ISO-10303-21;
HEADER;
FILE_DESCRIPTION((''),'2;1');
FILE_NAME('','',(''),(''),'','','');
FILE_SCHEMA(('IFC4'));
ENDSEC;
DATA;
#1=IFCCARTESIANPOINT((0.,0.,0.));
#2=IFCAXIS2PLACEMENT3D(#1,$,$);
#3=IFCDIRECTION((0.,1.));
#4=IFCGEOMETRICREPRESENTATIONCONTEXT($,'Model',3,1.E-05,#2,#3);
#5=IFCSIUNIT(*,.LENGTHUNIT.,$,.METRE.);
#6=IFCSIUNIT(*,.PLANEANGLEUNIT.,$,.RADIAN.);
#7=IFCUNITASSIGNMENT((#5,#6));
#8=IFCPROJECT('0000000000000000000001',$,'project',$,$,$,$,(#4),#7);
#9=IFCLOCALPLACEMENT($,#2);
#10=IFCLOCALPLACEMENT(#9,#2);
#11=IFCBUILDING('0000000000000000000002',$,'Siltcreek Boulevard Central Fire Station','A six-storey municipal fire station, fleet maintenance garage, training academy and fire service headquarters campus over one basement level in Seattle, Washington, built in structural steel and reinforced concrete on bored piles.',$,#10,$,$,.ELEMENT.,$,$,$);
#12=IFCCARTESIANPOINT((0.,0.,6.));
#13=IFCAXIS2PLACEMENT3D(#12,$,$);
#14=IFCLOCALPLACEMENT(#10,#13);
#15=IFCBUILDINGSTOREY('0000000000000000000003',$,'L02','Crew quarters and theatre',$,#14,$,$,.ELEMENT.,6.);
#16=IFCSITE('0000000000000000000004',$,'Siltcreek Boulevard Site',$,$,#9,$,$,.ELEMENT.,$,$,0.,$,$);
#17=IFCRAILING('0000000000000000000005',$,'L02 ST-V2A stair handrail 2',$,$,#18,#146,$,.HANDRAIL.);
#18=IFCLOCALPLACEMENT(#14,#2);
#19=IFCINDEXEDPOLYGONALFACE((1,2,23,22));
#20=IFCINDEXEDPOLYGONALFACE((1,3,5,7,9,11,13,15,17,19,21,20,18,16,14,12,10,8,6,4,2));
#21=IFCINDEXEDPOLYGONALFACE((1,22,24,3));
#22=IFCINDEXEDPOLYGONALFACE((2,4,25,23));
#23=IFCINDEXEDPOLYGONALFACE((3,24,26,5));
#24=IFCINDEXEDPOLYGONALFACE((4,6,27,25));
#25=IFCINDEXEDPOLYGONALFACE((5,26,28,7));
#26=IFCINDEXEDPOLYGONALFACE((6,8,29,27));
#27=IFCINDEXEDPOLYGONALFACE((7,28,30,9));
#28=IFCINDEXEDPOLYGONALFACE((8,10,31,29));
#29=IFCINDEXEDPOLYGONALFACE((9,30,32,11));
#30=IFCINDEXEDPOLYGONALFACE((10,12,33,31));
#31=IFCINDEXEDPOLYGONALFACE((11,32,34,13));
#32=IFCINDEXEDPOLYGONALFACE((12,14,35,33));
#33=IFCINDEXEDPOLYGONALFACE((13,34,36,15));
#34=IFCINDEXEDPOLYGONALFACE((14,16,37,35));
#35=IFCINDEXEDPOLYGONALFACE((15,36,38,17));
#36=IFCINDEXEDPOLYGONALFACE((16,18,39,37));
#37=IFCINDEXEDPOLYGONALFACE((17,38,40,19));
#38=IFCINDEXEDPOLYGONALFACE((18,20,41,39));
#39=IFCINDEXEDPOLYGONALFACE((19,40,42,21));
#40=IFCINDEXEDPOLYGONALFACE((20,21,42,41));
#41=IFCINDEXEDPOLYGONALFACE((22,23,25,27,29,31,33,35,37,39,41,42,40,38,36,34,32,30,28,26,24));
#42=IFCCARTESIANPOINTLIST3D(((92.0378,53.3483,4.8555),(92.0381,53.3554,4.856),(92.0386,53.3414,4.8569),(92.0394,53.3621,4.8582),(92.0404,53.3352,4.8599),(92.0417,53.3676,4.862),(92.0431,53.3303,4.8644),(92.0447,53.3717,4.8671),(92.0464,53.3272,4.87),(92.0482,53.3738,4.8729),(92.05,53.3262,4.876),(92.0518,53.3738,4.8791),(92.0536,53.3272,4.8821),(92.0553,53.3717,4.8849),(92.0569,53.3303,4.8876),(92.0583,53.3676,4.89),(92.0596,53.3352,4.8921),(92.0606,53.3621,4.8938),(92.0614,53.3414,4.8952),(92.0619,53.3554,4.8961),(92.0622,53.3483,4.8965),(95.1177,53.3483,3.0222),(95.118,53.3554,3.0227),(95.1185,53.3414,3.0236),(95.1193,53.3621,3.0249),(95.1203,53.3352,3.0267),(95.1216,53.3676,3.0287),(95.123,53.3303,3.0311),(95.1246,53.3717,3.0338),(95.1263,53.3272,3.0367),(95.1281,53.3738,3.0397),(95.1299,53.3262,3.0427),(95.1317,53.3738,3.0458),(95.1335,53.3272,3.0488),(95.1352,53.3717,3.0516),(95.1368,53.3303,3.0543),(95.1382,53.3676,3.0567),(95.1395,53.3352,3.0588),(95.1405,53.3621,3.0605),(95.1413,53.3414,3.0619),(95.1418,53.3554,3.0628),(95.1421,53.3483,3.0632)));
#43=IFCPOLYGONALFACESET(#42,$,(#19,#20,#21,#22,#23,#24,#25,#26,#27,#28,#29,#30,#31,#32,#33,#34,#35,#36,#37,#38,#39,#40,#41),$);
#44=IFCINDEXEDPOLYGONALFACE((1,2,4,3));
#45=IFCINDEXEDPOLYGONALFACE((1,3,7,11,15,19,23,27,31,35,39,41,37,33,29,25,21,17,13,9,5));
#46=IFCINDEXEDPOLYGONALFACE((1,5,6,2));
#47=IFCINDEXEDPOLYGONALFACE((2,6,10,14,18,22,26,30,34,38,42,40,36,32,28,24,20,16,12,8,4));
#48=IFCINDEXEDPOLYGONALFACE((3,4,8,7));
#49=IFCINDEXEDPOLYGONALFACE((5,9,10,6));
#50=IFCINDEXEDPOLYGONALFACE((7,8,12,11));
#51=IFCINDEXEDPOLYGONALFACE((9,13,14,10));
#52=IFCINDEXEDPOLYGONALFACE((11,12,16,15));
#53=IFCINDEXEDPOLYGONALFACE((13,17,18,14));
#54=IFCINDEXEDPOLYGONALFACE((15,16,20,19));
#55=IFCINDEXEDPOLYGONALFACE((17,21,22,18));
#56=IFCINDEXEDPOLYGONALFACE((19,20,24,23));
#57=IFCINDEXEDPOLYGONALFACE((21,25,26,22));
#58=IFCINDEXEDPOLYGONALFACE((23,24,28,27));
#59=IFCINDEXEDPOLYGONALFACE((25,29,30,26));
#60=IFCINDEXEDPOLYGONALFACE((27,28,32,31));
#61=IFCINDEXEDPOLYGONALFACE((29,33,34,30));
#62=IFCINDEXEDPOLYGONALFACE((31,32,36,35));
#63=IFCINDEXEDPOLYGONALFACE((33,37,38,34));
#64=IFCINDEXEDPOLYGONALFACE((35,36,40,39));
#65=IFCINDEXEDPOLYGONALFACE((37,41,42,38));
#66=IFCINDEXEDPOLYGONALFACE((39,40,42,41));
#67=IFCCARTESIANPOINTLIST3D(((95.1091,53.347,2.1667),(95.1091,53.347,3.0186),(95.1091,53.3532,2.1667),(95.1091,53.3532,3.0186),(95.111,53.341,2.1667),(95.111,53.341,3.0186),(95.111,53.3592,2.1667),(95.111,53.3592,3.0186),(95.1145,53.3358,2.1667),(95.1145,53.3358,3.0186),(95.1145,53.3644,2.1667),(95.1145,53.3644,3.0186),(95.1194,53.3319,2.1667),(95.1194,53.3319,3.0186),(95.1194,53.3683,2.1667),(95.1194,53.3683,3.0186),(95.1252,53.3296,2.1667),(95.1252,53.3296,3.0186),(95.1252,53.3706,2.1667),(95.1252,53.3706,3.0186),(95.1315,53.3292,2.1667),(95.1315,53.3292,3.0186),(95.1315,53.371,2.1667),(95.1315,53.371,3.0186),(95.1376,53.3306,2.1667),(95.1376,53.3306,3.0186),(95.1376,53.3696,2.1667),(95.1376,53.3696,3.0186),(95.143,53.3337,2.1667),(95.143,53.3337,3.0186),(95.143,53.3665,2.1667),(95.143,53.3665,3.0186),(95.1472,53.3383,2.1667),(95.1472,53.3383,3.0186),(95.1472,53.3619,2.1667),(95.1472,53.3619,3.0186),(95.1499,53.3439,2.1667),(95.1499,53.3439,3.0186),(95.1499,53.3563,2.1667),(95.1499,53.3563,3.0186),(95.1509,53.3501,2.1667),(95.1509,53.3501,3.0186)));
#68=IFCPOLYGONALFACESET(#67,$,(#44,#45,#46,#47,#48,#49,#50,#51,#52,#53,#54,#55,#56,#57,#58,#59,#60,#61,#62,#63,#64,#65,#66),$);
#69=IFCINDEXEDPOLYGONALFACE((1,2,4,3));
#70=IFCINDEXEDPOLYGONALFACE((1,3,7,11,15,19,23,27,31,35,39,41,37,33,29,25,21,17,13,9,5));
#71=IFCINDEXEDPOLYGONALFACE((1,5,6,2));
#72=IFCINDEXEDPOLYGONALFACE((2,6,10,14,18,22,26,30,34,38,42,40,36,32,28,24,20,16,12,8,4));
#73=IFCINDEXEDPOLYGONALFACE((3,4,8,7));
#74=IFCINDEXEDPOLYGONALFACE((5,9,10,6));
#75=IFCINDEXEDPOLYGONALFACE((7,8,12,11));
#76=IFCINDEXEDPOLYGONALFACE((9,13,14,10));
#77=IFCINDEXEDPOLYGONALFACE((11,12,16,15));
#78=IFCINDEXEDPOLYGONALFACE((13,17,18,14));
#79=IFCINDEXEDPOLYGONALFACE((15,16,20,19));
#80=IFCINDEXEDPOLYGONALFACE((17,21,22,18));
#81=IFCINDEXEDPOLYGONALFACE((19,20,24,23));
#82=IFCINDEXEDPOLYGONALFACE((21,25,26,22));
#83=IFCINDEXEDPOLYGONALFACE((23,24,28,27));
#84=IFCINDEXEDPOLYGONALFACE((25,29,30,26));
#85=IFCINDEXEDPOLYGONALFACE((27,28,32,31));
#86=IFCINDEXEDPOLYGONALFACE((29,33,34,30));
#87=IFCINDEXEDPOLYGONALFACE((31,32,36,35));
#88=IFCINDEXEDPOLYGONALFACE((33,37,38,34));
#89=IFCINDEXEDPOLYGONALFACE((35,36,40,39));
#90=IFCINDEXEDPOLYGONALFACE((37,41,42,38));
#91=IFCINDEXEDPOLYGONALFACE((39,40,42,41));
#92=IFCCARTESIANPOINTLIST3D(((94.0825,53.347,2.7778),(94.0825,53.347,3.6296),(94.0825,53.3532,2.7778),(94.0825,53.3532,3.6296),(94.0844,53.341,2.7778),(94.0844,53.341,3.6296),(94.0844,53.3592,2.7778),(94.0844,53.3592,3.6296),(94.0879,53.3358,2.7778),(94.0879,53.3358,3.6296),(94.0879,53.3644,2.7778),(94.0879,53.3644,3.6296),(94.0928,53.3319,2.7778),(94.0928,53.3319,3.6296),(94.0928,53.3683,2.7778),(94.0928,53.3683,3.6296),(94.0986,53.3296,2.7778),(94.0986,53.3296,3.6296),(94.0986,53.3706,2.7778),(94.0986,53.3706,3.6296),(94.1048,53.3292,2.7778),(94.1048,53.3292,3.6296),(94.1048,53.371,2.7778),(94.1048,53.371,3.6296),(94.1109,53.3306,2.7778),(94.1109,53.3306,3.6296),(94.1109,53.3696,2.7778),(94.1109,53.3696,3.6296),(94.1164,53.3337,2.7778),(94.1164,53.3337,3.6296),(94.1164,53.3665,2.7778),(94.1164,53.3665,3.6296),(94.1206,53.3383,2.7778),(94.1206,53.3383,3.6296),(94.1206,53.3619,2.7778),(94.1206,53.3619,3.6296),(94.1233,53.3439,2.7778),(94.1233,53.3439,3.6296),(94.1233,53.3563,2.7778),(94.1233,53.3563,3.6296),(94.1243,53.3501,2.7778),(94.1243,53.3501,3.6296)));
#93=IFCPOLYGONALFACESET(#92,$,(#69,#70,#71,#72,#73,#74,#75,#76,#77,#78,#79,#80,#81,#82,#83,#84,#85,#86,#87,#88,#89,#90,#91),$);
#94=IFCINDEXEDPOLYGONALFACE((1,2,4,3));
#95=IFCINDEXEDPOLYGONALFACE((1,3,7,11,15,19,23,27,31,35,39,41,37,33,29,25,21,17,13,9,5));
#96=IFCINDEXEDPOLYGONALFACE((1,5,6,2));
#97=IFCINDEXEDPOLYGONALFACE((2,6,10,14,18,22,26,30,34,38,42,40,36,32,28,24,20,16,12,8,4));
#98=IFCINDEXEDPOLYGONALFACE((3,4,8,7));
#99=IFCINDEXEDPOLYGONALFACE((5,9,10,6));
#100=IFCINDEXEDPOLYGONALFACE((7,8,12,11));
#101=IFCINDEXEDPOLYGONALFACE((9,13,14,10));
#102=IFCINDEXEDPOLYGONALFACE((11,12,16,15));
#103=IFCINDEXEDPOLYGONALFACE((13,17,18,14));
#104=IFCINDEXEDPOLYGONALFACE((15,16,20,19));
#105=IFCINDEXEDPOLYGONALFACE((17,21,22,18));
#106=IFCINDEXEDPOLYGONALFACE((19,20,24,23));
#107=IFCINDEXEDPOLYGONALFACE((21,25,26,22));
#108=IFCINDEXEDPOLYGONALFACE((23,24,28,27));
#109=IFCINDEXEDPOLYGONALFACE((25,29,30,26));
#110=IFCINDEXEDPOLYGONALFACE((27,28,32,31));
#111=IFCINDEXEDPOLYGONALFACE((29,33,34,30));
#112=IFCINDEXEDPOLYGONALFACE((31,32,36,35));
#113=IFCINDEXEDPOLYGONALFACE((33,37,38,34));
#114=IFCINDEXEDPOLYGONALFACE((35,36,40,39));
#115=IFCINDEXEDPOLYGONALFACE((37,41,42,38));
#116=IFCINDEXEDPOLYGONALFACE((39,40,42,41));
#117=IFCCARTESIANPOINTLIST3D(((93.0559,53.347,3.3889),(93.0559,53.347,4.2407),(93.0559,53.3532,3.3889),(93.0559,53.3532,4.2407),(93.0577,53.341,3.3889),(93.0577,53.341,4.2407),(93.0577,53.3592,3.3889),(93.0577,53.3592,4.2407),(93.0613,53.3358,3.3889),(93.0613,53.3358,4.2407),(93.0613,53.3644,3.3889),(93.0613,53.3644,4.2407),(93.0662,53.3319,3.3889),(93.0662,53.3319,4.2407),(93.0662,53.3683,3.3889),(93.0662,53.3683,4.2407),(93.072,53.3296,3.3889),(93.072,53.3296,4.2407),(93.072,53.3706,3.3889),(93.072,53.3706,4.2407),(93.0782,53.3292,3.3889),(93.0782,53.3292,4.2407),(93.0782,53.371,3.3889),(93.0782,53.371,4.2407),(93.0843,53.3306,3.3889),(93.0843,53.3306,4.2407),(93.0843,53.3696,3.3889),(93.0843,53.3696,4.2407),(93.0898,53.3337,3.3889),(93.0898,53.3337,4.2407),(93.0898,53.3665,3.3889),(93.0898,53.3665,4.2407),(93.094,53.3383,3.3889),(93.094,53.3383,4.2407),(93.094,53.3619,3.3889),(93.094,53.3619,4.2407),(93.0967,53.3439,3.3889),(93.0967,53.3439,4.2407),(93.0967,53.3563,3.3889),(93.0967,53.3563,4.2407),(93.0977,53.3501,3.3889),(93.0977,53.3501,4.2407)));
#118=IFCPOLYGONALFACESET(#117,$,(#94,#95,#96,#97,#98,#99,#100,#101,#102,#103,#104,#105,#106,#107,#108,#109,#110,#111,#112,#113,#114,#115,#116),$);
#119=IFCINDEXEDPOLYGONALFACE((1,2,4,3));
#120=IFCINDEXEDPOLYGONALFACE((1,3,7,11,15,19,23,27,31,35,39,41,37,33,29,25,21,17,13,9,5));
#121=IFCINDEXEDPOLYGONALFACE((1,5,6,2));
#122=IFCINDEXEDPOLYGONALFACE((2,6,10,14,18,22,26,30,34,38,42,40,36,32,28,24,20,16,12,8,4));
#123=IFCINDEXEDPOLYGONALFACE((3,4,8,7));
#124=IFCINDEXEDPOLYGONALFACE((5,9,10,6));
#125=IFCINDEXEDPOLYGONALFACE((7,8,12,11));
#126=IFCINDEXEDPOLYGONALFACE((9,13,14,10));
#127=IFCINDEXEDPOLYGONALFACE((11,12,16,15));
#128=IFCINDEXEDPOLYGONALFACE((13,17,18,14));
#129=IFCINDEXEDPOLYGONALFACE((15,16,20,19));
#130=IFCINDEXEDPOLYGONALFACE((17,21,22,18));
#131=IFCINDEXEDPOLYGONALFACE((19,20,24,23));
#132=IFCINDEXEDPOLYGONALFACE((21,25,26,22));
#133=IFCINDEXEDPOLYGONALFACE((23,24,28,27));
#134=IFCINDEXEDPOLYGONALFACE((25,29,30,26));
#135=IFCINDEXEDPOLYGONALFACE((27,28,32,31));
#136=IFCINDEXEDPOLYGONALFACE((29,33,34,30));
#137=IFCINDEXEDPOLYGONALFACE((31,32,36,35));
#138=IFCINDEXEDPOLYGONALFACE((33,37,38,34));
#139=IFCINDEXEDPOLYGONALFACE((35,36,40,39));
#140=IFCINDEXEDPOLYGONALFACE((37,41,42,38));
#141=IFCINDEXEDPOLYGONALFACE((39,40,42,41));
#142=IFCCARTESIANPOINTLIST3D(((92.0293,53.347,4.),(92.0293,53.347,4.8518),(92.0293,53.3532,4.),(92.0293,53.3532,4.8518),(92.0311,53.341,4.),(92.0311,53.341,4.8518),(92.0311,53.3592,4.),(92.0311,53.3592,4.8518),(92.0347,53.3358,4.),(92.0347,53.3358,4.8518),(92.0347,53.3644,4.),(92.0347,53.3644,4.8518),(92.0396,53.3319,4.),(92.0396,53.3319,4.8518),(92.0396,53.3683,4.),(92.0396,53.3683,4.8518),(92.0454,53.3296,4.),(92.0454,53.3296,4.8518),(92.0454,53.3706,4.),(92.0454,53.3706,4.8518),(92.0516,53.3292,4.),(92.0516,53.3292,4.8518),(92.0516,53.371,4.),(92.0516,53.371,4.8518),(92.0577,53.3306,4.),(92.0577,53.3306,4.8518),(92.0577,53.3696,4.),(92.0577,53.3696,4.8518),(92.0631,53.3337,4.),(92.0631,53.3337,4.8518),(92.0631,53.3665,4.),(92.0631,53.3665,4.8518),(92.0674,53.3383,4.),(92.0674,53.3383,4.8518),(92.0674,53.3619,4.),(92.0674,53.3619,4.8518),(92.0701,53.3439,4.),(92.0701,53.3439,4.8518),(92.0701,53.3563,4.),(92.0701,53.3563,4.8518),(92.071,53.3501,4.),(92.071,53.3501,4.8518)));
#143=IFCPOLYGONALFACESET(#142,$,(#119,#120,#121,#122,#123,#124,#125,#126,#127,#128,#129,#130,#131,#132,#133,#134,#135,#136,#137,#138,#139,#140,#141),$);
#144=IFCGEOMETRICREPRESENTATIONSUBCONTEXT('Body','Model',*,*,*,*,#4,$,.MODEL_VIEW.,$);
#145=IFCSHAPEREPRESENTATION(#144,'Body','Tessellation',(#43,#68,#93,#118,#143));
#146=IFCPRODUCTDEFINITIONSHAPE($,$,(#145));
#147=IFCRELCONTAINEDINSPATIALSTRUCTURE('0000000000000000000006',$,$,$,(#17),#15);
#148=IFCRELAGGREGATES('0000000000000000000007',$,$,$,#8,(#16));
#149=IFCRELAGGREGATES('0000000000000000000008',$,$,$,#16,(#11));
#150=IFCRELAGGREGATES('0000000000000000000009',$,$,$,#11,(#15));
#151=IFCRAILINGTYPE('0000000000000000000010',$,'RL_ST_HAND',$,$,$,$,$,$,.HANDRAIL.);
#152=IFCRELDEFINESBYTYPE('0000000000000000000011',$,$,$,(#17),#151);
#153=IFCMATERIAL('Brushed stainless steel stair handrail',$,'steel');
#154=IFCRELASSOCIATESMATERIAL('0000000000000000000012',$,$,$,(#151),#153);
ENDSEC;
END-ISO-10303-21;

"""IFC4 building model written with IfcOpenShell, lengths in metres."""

from ifc_helpers import new_model, si_unit, direction, frame, origin, origin_2d, place, context, subcontext, project, spatial, circle, extrude, material, type_object, element, save


model = new_model("IFC4")

# Units and contexts
model_context = context("Model", 3, precision=1e-05, world=origin(), true_north=direction((0.0, 1.0)))
body_context = subcontext(model_context, "Body", "Model", "MODEL_VIEW")
ifc_project = project(units=[si_unit("LENGTHUNIT", "METRE"), si_unit("PLANEANGLEUNIT", "RADIAN")], contexts=[model_context])

# Site, building, storey
site_placement = place(None, origin())
site = spatial("IfcSite", under=ifc_project, at=site_placement, Name="Siltcreek Boulevard Site", CompositionType="ELEMENT", RefElevation=0.0)
building_placement = place(site_placement, origin())
building = spatial("IfcBuilding", under=site, at=building_placement, Name="Siltcreek Boulevard Central Fire Station", Description="A six-storey municipal fire station, fleet maintenance garage, training academy and fire service headquarters campus over one basement level in Seattle, Washington, built in structural steel and reinforced concrete on bored piles.", CompositionType="ELEMENT")
storey_placement = place(building_placement, frame((0.0, 0.0, 6.0)))
storey = spatial("IfcBuildingStorey", under=building, at=storey_placement, Name="L02", Description="Crew quarters and theatre", CompositionType="ELEMENT", Elevation=6.0)

# Railing
ifc_material_1 = material(Name="Brushed stainless steel stair handrail", Category="steel")
railing_type_1 = type_object("IfcRailingType", Name="RL_ST_HAND", PredefinedType="HANDRAIL", material=ifc_material_1)
railing_1_placement = place(storey_placement, frame((95.1299, 53.3501, 2.1667)))
element("IfcRailing", 1, at=railing_1_placement, inside=storey, type_object=railing_type_1, Name="L02 ST-V2A stair handrail 2", PredefinedType="HANDRAIL", context=body_context, shape_type="SweptSolid", body=[
    extrude(circle(Radius=0.0239, at=origin_2d()), frame((0.0, 0.0, 0.876), z_axis=(-0.859291, 0.0, 0.511487), x_axis=(0.0, -1.0, 0.0)), (0.0, 0.0, 1.0), 3.5842),
    extrude(circle(Radius=0.021, at=origin_2d()), origin(), (0.0, 0.0, 1.0), 0.8518),
    extrude(circle(Radius=0.021, at=origin_2d()), frame((-1.0266, 0.0, 0.6111)), (0.0, 0.0, 1.0), 0.8518),
    extrude(circle(Radius=0.021, at=origin_2d()), frame((-2.0532, 0.0, 1.2222)), (0.0, 0.0, 1.0), 0.8518),
    extrude(circle(Radius=0.021, at=origin_2d()), frame((-3.0798, 0.0, 1.8333)), (0.0, 0.0, 1.0), 0.8518),
])

save(model, "model.ifc")
